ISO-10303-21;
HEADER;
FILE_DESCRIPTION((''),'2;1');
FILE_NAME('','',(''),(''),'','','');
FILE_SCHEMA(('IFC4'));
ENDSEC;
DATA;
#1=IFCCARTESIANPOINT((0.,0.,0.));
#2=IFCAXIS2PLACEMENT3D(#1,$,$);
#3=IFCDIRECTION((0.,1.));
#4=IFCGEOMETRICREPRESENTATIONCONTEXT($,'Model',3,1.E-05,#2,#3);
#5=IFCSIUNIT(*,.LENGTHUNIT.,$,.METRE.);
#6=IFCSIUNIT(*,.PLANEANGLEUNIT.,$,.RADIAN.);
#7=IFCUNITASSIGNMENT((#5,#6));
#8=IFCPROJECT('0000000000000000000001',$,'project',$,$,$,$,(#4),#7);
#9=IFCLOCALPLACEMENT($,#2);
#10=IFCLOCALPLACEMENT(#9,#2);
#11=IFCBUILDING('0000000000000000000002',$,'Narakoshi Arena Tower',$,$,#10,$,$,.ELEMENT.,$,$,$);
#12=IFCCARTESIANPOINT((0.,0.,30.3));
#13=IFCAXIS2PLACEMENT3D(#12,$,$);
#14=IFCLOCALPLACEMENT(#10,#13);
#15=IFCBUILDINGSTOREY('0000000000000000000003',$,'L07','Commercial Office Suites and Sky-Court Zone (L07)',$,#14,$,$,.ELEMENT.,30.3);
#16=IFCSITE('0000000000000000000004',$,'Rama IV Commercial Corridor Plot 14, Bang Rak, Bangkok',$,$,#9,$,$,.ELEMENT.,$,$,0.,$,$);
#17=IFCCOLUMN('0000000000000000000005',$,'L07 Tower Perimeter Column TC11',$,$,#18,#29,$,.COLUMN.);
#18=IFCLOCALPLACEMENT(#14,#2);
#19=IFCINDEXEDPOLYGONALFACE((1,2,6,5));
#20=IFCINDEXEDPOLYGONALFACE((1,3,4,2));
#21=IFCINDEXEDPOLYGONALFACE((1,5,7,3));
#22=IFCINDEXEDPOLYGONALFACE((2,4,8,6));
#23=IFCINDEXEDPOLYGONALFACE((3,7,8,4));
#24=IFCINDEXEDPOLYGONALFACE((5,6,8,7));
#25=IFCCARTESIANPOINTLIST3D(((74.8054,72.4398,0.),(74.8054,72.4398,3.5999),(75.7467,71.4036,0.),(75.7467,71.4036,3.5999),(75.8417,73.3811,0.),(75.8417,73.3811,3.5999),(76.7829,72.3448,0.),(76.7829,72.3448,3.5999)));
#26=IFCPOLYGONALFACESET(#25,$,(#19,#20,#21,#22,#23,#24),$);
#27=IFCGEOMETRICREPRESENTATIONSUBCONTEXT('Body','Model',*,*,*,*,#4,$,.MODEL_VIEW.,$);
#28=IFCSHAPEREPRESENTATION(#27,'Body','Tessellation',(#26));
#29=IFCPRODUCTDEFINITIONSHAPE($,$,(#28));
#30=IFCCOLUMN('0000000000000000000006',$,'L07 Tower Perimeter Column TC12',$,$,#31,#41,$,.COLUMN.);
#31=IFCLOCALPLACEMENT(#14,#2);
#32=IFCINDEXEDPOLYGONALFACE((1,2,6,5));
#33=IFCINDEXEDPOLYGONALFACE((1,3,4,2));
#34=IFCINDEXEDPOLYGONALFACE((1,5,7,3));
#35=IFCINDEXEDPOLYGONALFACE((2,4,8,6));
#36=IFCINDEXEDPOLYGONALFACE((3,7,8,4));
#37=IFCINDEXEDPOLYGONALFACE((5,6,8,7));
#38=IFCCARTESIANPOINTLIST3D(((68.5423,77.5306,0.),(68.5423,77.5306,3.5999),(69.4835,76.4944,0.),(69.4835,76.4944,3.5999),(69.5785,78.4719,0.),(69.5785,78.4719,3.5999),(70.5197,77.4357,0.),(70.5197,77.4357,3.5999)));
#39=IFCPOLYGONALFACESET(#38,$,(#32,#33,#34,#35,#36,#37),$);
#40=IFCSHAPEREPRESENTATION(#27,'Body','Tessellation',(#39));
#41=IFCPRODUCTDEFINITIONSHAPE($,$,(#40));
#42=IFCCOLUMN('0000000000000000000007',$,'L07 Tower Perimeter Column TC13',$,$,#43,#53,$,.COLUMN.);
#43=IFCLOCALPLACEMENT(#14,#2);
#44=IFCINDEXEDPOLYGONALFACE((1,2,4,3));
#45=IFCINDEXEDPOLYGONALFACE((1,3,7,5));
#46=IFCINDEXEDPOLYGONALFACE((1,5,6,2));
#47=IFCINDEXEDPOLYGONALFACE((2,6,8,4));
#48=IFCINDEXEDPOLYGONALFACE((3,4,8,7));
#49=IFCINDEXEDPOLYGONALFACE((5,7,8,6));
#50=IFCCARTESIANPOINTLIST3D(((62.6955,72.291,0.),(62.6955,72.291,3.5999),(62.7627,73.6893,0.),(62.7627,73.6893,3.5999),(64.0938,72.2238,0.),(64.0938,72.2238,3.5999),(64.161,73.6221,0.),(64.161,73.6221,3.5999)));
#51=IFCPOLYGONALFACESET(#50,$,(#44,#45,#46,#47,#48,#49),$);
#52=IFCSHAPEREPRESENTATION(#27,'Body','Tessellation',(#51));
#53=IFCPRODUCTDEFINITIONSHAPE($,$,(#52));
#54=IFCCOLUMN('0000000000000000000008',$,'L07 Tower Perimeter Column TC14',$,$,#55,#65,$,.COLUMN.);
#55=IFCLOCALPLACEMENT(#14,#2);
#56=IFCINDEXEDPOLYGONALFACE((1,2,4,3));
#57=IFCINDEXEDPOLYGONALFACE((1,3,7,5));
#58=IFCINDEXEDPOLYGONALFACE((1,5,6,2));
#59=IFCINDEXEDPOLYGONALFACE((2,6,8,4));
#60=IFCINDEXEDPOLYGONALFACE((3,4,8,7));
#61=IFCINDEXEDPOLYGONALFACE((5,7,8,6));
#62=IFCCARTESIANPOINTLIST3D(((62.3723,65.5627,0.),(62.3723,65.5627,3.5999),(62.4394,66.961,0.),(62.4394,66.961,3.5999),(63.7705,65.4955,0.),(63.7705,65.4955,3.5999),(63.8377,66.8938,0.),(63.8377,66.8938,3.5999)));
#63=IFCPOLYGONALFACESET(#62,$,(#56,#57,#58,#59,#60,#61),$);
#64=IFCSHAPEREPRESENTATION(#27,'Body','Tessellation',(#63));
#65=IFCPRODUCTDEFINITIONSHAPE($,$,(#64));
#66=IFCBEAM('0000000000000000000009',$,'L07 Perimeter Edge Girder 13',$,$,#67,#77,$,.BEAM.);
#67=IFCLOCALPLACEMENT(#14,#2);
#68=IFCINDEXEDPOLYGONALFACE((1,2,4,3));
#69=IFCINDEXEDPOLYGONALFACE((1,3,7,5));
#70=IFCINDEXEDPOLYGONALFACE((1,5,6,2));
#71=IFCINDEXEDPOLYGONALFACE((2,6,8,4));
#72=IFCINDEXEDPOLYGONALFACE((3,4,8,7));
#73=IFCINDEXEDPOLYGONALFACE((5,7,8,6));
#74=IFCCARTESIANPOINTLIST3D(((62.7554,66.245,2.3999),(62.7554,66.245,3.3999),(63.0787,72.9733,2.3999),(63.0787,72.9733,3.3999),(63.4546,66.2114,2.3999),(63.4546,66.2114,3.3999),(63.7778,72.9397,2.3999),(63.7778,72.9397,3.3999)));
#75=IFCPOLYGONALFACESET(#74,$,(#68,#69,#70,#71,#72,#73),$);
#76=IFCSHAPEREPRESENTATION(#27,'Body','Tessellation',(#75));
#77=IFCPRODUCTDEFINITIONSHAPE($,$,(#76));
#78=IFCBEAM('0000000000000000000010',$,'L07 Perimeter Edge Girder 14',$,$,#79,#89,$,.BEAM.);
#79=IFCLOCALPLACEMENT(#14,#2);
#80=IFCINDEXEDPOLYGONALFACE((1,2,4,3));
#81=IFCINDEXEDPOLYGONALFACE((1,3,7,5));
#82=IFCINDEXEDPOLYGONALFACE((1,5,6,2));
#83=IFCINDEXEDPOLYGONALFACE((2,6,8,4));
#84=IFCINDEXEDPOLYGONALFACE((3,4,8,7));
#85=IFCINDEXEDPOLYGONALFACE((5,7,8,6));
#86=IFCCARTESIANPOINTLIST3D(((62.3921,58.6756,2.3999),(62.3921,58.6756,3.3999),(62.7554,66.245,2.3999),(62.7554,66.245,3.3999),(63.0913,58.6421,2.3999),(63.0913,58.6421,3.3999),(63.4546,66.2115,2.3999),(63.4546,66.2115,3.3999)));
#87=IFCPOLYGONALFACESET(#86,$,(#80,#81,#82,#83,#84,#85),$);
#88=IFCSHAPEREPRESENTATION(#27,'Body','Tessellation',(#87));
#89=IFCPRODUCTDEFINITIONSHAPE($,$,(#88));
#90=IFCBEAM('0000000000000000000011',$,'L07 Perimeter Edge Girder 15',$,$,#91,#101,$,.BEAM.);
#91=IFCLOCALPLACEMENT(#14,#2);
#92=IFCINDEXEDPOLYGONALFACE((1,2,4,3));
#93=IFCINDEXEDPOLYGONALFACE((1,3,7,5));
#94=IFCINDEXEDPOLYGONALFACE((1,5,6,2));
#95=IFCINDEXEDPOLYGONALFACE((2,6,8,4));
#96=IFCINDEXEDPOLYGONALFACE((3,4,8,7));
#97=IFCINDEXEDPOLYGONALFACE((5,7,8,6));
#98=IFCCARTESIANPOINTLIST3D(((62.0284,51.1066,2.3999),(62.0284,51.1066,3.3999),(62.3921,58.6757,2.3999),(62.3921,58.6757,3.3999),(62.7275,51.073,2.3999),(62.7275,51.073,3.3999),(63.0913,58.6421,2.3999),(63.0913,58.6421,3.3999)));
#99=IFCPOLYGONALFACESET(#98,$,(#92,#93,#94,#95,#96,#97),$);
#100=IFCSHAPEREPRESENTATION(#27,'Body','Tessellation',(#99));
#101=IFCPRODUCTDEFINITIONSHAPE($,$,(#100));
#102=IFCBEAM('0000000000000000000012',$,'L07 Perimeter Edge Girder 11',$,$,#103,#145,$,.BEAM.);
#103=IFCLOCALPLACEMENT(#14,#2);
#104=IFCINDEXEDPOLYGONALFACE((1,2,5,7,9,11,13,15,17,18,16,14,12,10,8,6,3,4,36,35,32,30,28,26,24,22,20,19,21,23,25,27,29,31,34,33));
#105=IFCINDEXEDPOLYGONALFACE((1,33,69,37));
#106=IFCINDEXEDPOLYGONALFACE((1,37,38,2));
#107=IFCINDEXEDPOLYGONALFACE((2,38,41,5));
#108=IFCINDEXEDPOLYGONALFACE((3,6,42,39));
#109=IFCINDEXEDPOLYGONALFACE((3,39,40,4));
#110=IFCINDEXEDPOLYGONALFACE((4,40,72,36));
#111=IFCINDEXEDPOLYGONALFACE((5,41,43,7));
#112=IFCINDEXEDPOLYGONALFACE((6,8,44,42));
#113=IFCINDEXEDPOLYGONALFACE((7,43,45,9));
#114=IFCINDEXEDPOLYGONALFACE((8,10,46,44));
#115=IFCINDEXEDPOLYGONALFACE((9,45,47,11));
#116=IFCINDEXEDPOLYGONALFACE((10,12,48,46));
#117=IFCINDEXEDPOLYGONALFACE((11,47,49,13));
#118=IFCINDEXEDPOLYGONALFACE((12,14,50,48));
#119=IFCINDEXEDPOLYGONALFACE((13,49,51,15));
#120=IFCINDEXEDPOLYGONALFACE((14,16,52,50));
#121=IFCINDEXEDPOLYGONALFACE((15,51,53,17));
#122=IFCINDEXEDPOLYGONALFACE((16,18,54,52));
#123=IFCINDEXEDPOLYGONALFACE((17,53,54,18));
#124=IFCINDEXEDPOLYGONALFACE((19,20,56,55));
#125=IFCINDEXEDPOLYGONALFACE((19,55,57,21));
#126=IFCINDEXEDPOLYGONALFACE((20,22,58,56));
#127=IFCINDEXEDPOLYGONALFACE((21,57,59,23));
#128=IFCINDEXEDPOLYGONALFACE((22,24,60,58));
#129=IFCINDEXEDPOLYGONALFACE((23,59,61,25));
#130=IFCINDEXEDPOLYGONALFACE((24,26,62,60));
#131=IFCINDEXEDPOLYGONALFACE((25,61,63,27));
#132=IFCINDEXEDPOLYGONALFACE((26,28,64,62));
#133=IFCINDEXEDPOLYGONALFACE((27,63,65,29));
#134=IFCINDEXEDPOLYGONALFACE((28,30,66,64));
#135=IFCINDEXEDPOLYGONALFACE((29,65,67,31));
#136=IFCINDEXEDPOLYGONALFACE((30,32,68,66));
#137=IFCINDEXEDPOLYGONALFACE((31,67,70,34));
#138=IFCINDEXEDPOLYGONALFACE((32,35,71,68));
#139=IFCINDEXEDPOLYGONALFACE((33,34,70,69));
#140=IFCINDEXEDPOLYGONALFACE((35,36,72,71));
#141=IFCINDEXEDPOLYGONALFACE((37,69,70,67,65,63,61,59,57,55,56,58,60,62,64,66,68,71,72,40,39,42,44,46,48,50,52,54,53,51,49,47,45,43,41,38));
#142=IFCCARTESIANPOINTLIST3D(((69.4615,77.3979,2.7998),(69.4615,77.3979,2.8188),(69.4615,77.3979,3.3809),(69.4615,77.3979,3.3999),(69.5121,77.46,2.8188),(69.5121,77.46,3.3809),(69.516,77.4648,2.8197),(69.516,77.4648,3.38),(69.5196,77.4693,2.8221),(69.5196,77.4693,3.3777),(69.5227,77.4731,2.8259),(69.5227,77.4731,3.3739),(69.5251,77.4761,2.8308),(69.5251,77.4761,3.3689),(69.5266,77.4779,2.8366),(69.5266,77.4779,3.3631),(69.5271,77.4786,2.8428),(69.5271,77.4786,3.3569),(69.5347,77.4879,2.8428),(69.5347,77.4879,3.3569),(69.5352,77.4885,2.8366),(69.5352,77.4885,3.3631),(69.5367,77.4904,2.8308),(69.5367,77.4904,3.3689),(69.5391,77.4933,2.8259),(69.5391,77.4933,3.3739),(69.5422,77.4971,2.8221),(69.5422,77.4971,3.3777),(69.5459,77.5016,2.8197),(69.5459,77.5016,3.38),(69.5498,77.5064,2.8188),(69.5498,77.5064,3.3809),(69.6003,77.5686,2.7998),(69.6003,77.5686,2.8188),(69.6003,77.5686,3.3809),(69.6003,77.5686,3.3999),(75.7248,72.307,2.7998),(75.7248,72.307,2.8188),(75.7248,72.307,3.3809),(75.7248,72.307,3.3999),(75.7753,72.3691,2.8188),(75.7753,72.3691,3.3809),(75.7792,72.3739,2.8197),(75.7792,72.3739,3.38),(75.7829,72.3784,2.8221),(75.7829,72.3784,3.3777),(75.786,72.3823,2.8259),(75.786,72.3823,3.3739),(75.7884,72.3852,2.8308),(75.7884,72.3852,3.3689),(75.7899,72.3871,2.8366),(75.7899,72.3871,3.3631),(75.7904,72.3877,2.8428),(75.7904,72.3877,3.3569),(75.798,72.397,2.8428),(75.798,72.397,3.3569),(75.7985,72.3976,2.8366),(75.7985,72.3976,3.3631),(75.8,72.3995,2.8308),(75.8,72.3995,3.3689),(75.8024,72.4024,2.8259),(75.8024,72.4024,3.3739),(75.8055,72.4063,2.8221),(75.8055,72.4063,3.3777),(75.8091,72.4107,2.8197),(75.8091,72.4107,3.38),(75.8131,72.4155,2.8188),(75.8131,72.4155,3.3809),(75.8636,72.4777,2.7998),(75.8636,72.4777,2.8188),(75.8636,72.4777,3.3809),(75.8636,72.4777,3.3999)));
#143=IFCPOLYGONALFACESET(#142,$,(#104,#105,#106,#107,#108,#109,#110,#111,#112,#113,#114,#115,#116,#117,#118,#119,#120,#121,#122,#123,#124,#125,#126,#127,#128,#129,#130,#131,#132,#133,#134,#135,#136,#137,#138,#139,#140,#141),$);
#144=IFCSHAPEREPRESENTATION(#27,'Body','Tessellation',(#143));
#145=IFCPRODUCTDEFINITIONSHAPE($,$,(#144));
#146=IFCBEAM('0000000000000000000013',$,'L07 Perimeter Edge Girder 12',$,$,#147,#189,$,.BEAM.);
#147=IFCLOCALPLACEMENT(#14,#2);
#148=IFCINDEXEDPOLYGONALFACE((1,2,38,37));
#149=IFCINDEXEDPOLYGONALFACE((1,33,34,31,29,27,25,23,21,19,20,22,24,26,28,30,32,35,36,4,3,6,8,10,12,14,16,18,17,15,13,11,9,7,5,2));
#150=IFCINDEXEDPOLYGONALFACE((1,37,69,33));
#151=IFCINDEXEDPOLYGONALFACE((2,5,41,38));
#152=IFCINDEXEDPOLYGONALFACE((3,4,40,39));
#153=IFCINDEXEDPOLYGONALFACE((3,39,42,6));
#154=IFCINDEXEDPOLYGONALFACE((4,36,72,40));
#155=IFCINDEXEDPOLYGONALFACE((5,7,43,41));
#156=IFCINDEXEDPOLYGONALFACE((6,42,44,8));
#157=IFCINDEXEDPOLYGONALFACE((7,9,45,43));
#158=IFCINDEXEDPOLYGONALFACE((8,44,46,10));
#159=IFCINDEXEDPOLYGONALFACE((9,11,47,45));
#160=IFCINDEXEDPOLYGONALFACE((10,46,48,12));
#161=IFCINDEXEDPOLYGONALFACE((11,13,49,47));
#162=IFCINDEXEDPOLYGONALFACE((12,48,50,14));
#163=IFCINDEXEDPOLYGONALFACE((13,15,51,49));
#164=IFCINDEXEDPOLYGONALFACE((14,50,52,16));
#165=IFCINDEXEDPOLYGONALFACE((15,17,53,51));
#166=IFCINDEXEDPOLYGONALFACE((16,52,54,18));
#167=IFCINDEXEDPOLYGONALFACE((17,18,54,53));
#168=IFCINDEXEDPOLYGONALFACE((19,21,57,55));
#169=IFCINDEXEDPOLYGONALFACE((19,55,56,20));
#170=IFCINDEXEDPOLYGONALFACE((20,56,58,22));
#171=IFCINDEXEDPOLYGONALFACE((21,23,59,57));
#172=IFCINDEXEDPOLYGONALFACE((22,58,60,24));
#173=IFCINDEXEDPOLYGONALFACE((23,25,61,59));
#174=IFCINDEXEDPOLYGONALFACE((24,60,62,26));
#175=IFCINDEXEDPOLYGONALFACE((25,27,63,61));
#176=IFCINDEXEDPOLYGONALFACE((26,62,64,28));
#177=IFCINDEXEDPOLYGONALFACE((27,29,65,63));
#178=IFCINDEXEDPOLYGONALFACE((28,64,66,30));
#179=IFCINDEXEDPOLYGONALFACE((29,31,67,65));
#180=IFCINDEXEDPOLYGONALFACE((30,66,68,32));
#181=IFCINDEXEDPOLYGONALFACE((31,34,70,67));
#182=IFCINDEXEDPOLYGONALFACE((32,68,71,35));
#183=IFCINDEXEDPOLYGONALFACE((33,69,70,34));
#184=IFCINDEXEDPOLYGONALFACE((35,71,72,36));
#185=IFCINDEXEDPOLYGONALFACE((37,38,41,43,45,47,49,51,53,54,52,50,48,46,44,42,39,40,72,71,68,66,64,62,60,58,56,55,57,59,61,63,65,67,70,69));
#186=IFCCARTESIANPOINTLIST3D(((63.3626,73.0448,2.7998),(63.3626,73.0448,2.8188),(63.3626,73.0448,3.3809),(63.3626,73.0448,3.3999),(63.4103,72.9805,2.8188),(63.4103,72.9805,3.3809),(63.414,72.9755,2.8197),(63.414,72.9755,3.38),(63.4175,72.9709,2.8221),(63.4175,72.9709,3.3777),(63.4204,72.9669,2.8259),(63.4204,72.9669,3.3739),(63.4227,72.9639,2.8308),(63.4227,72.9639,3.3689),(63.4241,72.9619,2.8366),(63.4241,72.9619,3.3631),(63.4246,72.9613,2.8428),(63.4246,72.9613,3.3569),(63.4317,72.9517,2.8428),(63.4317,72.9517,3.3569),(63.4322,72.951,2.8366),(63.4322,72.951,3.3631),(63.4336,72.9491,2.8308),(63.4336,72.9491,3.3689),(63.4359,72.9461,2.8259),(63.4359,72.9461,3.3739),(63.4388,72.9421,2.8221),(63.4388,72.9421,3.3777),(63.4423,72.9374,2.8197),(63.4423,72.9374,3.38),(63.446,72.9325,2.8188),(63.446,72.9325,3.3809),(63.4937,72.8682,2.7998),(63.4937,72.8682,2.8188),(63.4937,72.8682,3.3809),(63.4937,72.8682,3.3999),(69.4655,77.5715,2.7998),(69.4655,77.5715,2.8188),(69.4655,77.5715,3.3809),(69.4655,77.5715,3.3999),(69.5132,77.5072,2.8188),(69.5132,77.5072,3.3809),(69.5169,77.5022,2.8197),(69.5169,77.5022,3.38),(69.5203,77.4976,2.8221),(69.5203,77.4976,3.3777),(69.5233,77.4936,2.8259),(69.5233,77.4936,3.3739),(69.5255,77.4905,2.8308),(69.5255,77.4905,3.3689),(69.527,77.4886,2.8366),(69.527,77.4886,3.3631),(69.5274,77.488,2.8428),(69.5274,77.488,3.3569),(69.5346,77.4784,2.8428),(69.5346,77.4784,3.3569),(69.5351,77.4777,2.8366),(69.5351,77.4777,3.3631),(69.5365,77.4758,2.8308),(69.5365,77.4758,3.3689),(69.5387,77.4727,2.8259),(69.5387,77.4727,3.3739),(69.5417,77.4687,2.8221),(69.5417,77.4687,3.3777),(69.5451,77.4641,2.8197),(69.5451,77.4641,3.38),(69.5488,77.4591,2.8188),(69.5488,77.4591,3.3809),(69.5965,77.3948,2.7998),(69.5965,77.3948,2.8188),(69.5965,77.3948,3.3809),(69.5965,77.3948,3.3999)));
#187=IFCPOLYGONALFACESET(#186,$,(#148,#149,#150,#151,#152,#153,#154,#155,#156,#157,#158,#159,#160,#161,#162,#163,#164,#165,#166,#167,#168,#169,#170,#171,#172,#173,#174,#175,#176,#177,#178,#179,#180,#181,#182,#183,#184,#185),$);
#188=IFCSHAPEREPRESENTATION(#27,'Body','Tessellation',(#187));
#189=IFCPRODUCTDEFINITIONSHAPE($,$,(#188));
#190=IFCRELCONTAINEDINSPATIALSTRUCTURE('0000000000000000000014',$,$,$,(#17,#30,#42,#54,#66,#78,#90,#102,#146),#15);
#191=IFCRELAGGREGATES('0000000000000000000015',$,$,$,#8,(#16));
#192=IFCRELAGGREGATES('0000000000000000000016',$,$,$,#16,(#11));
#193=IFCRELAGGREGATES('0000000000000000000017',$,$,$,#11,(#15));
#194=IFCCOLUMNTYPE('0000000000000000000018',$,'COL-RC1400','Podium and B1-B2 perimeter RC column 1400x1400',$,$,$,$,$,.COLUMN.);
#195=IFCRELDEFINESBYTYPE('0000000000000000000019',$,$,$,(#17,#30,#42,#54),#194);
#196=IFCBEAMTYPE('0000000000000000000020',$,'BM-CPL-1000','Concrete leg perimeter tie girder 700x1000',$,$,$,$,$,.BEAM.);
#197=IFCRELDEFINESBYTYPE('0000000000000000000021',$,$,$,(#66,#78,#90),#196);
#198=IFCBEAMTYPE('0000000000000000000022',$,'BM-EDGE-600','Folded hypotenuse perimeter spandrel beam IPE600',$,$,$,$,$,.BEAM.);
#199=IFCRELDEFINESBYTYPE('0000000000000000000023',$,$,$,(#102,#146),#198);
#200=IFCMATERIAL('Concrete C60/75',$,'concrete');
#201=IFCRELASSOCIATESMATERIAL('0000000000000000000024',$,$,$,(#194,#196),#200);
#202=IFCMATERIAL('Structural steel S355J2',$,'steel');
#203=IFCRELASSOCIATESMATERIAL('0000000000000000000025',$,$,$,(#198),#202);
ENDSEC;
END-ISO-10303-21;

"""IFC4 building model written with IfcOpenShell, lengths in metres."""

from ifc_helpers import new_model, si_unit, direction, frame, origin, origin_2d, place, context, subcontext, project, spatial, rectangle, i_section, extrude, material, material_profile, profile_set, type_object, element, save


model = new_model("IFC4")

# Units and contexts
model_context = context("Model", 3, precision=1e-05, world=origin(), true_north=direction((0.0, 1.0)))
body_context = subcontext(model_context, "Body", "Model", "MODEL_VIEW")
ifc_project = project(units=[si_unit("LENGTHUNIT", "METRE"), si_unit("PLANEANGLEUNIT", "RADIAN")], contexts=[model_context])

# Site, building, storey
site_placement = place(None, origin())
site = spatial("IfcSite", under=ifc_project, at=site_placement, Name="Rama IV Commercial Corridor Plot 14, Bang Rak, Bangkok", CompositionType="ELEMENT", RefElevation=0.0)
building_placement = place(site_placement, origin())
building = spatial("IfcBuilding", under=site, at=building_placement, Name="Narakoshi Arena Tower", CompositionType="ELEMENT")
storey_placement = place(building_placement, frame((0.0, 0.0, 30.3)))
storey = spatial("IfcBuildingStorey", under=building, at=storey_placement, Name="L07", Description="Commercial Office Suites and Sky-Court Zone (L07)", CompositionType="ELEMENT", Elevation=30.3)

# Columns
ifc_material_1 = material(Name="Concrete C60/75", Category="concrete")
ifc_material_profile_1 = material_profile(ifc_material_1, rectangle(XDim=1.3999, YDim=1.3999, at=origin_2d()), Name="RC1400x1400")
ifc_profile_set_1 = profile_set([ifc_material_profile_1], Name="Concrete C60/75")
column_type = type_object("IfcColumnType", Name="COL-RC1400", Description="Podium and B1-B2 perimeter RC column 1400x1400", PredefinedType="COLUMN", material=ifc_profile_set_1)
for number, where, z_axis, x_axis, name in (
    (1, (75.7942, 72.3923, 0.0), (0.0, 0.0, 1.0), (0.740218, 0.672367, 0.0), "L07 Tower Perimeter Column TC11"),
    (2, (69.531, 77.4832, 0.0), (0.0, 0.0, 1.0), (0.740218, 0.672367, 0.0), "L07 Tower Perimeter Column TC12"),
    (3, (63.4282, 72.9565, 0.0), (0.0, 0.0, 1.0), (0.047978, 0.998848, 0.0), "L07 Tower Perimeter Column TC13"),
    (4, (63.105, 66.2283, 0.0), (0.0, 0.0, 1.0), (0.047978, 0.998848, 0.0), "L07 Tower Perimeter Column TC14"),
):
    element("IfcColumn", number, at=place(storey_placement, frame(where, z_axis=z_axis, x_axis=x_axis)), inside=storey, type_object=column_type, Name=name, PredefinedType="COLUMN", context=body_context, shape_type="SweptSolid", body=[
        extrude(rectangle(XDim=1.3999, YDim=1.3999, at=origin_2d()), origin(), (0.0, 0.0, 1.0), 3.5999),
    ])

# Beams
ifc_material_profile_2 = material_profile(ifc_material_1, rectangle(XDim=0.7, YDim=1.0, at=origin_2d()), Name="RCB700x1000")
ifc_profile_set_2 = profile_set([ifc_material_profile_2], Name="Concrete C60/75")
beam_type_1 = type_object("IfcBeamType", Name="BM-CPL-1000", Description="Concrete leg perimeter tie girder 700x1000", PredefinedType="BEAM", material=ifc_profile_set_2)
beam_1_placement = place(storey_placement, frame((63.4282, 72.9565, 2.8999), z_axis=(-0.047987, -0.998848, 0.0), x_axis=(0.998848, -0.047987, 0.0)))
element("IfcBeam", 5, at=beam_1_placement, inside=storey, type_object=beam_type_1, Name="L07 Perimeter Edge Girder 13", PredefinedType="BEAM", context=body_context, shape_type="SweptSolid", body=[
    extrude(rectangle(XDim=0.7, YDim=1.0, at=origin_2d()), origin(), (0.0, 0.0, 1.0), 6.7361),
])
beam_2_placement = place(storey_placement, frame((63.105, 66.2283, 2.8999), z_axis=(-0.047939, -0.99885, 0.0), x_axis=(0.99885, -0.047939, 0.0)))
element("IfcBeam", 6, at=beam_2_placement, inside=storey, type_object=beam_type_1, Name="L07 Perimeter Edge Girder 14", PredefinedType="BEAM", context=body_context, shape_type="SweptSolid", body=[
    extrude(rectangle(XDim=0.7, YDim=1.0, at=origin_2d()), origin(), (0.0, 0.0, 1.0), 7.5781),
])
beam_3_placement = place(storey_placement, frame((62.7417, 58.6589, 2.8999), z_axis=(-0.048004, -0.998847, 0.0), x_axis=(0.998847, -0.048004, 0.0)))
element("IfcBeam", 7, at=beam_3_placement, inside=storey, type_object=beam_type_1, Name="L07 Perimeter Edge Girder 15", PredefinedType="BEAM", context=body_context, shape_type="SweptSolid", body=[
    extrude(rectangle(XDim=0.7, YDim=1.0, at=origin_2d()), origin(), (0.0, 0.0, 1.0), 7.5779),
])
ifc_material_2 = material(Name="Structural steel S355J2", Category="steel")
ifc_material_profile_3 = material_profile(ifc_material_2, i_section(OverallWidth=0.22, OverallDepth=0.6001, WebThickness=0.012, FlangeThickness=0.019, FilletRadius=0.0239, at=origin_2d()), Name="IPE600")
ifc_profile_set_3 = profile_set([ifc_material_profile_3], Name="Structural steel S355J2")
beam_type_2 = type_object("IfcBeamType", Name="BM-EDGE-600", Description="Folded hypotenuse perimeter spandrel beam IPE600", PredefinedType="BEAM", material=ifc_profile_set_3)
beam_4_placement = place(storey_placement, frame((75.7942, 72.3923, 3.0999), z_axis=(-0.775994, 0.630741, 0.0), x_axis=(-0.630741, -0.775994, 0.0)))
element("IfcBeam", 8, at=beam_4_placement, inside=storey, type_object=beam_type_2, Name="L07 Perimeter Edge Girder 11", PredefinedType="BEAM", context=body_context, shape_type="SweptSolid", body=[
    extrude(i_section(OverallWidth=0.22, OverallDepth=0.6001, WebThickness=0.012, FlangeThickness=0.019, FilletRadius=0.0239, at=origin_2d()), origin(), (0.0, 0.0, 1.0), 8.0713),
])
beam_5_placement = place(storey_placement, frame((69.531, 77.4832, 3.0999), z_axis=(-0.803177, -0.59574, 0.0), x_axis=(0.59574, -0.803177, 0.0)))
element("IfcBeam", 9, at=beam_5_placement, inside=storey, type_object=beam_type_2, Name="L07 Perimeter Edge Girder 12", PredefinedType="BEAM", context=body_context, shape_type="SweptSolid", body=[
    extrude(i_section(OverallWidth=0.22, OverallDepth=0.6001, WebThickness=0.012, FlangeThickness=0.019, FilletRadius=0.0239, at=origin_2d()), origin(), (0.0, 0.0, 1.0), 7.5984),
])

save(model, "model.ifc")
